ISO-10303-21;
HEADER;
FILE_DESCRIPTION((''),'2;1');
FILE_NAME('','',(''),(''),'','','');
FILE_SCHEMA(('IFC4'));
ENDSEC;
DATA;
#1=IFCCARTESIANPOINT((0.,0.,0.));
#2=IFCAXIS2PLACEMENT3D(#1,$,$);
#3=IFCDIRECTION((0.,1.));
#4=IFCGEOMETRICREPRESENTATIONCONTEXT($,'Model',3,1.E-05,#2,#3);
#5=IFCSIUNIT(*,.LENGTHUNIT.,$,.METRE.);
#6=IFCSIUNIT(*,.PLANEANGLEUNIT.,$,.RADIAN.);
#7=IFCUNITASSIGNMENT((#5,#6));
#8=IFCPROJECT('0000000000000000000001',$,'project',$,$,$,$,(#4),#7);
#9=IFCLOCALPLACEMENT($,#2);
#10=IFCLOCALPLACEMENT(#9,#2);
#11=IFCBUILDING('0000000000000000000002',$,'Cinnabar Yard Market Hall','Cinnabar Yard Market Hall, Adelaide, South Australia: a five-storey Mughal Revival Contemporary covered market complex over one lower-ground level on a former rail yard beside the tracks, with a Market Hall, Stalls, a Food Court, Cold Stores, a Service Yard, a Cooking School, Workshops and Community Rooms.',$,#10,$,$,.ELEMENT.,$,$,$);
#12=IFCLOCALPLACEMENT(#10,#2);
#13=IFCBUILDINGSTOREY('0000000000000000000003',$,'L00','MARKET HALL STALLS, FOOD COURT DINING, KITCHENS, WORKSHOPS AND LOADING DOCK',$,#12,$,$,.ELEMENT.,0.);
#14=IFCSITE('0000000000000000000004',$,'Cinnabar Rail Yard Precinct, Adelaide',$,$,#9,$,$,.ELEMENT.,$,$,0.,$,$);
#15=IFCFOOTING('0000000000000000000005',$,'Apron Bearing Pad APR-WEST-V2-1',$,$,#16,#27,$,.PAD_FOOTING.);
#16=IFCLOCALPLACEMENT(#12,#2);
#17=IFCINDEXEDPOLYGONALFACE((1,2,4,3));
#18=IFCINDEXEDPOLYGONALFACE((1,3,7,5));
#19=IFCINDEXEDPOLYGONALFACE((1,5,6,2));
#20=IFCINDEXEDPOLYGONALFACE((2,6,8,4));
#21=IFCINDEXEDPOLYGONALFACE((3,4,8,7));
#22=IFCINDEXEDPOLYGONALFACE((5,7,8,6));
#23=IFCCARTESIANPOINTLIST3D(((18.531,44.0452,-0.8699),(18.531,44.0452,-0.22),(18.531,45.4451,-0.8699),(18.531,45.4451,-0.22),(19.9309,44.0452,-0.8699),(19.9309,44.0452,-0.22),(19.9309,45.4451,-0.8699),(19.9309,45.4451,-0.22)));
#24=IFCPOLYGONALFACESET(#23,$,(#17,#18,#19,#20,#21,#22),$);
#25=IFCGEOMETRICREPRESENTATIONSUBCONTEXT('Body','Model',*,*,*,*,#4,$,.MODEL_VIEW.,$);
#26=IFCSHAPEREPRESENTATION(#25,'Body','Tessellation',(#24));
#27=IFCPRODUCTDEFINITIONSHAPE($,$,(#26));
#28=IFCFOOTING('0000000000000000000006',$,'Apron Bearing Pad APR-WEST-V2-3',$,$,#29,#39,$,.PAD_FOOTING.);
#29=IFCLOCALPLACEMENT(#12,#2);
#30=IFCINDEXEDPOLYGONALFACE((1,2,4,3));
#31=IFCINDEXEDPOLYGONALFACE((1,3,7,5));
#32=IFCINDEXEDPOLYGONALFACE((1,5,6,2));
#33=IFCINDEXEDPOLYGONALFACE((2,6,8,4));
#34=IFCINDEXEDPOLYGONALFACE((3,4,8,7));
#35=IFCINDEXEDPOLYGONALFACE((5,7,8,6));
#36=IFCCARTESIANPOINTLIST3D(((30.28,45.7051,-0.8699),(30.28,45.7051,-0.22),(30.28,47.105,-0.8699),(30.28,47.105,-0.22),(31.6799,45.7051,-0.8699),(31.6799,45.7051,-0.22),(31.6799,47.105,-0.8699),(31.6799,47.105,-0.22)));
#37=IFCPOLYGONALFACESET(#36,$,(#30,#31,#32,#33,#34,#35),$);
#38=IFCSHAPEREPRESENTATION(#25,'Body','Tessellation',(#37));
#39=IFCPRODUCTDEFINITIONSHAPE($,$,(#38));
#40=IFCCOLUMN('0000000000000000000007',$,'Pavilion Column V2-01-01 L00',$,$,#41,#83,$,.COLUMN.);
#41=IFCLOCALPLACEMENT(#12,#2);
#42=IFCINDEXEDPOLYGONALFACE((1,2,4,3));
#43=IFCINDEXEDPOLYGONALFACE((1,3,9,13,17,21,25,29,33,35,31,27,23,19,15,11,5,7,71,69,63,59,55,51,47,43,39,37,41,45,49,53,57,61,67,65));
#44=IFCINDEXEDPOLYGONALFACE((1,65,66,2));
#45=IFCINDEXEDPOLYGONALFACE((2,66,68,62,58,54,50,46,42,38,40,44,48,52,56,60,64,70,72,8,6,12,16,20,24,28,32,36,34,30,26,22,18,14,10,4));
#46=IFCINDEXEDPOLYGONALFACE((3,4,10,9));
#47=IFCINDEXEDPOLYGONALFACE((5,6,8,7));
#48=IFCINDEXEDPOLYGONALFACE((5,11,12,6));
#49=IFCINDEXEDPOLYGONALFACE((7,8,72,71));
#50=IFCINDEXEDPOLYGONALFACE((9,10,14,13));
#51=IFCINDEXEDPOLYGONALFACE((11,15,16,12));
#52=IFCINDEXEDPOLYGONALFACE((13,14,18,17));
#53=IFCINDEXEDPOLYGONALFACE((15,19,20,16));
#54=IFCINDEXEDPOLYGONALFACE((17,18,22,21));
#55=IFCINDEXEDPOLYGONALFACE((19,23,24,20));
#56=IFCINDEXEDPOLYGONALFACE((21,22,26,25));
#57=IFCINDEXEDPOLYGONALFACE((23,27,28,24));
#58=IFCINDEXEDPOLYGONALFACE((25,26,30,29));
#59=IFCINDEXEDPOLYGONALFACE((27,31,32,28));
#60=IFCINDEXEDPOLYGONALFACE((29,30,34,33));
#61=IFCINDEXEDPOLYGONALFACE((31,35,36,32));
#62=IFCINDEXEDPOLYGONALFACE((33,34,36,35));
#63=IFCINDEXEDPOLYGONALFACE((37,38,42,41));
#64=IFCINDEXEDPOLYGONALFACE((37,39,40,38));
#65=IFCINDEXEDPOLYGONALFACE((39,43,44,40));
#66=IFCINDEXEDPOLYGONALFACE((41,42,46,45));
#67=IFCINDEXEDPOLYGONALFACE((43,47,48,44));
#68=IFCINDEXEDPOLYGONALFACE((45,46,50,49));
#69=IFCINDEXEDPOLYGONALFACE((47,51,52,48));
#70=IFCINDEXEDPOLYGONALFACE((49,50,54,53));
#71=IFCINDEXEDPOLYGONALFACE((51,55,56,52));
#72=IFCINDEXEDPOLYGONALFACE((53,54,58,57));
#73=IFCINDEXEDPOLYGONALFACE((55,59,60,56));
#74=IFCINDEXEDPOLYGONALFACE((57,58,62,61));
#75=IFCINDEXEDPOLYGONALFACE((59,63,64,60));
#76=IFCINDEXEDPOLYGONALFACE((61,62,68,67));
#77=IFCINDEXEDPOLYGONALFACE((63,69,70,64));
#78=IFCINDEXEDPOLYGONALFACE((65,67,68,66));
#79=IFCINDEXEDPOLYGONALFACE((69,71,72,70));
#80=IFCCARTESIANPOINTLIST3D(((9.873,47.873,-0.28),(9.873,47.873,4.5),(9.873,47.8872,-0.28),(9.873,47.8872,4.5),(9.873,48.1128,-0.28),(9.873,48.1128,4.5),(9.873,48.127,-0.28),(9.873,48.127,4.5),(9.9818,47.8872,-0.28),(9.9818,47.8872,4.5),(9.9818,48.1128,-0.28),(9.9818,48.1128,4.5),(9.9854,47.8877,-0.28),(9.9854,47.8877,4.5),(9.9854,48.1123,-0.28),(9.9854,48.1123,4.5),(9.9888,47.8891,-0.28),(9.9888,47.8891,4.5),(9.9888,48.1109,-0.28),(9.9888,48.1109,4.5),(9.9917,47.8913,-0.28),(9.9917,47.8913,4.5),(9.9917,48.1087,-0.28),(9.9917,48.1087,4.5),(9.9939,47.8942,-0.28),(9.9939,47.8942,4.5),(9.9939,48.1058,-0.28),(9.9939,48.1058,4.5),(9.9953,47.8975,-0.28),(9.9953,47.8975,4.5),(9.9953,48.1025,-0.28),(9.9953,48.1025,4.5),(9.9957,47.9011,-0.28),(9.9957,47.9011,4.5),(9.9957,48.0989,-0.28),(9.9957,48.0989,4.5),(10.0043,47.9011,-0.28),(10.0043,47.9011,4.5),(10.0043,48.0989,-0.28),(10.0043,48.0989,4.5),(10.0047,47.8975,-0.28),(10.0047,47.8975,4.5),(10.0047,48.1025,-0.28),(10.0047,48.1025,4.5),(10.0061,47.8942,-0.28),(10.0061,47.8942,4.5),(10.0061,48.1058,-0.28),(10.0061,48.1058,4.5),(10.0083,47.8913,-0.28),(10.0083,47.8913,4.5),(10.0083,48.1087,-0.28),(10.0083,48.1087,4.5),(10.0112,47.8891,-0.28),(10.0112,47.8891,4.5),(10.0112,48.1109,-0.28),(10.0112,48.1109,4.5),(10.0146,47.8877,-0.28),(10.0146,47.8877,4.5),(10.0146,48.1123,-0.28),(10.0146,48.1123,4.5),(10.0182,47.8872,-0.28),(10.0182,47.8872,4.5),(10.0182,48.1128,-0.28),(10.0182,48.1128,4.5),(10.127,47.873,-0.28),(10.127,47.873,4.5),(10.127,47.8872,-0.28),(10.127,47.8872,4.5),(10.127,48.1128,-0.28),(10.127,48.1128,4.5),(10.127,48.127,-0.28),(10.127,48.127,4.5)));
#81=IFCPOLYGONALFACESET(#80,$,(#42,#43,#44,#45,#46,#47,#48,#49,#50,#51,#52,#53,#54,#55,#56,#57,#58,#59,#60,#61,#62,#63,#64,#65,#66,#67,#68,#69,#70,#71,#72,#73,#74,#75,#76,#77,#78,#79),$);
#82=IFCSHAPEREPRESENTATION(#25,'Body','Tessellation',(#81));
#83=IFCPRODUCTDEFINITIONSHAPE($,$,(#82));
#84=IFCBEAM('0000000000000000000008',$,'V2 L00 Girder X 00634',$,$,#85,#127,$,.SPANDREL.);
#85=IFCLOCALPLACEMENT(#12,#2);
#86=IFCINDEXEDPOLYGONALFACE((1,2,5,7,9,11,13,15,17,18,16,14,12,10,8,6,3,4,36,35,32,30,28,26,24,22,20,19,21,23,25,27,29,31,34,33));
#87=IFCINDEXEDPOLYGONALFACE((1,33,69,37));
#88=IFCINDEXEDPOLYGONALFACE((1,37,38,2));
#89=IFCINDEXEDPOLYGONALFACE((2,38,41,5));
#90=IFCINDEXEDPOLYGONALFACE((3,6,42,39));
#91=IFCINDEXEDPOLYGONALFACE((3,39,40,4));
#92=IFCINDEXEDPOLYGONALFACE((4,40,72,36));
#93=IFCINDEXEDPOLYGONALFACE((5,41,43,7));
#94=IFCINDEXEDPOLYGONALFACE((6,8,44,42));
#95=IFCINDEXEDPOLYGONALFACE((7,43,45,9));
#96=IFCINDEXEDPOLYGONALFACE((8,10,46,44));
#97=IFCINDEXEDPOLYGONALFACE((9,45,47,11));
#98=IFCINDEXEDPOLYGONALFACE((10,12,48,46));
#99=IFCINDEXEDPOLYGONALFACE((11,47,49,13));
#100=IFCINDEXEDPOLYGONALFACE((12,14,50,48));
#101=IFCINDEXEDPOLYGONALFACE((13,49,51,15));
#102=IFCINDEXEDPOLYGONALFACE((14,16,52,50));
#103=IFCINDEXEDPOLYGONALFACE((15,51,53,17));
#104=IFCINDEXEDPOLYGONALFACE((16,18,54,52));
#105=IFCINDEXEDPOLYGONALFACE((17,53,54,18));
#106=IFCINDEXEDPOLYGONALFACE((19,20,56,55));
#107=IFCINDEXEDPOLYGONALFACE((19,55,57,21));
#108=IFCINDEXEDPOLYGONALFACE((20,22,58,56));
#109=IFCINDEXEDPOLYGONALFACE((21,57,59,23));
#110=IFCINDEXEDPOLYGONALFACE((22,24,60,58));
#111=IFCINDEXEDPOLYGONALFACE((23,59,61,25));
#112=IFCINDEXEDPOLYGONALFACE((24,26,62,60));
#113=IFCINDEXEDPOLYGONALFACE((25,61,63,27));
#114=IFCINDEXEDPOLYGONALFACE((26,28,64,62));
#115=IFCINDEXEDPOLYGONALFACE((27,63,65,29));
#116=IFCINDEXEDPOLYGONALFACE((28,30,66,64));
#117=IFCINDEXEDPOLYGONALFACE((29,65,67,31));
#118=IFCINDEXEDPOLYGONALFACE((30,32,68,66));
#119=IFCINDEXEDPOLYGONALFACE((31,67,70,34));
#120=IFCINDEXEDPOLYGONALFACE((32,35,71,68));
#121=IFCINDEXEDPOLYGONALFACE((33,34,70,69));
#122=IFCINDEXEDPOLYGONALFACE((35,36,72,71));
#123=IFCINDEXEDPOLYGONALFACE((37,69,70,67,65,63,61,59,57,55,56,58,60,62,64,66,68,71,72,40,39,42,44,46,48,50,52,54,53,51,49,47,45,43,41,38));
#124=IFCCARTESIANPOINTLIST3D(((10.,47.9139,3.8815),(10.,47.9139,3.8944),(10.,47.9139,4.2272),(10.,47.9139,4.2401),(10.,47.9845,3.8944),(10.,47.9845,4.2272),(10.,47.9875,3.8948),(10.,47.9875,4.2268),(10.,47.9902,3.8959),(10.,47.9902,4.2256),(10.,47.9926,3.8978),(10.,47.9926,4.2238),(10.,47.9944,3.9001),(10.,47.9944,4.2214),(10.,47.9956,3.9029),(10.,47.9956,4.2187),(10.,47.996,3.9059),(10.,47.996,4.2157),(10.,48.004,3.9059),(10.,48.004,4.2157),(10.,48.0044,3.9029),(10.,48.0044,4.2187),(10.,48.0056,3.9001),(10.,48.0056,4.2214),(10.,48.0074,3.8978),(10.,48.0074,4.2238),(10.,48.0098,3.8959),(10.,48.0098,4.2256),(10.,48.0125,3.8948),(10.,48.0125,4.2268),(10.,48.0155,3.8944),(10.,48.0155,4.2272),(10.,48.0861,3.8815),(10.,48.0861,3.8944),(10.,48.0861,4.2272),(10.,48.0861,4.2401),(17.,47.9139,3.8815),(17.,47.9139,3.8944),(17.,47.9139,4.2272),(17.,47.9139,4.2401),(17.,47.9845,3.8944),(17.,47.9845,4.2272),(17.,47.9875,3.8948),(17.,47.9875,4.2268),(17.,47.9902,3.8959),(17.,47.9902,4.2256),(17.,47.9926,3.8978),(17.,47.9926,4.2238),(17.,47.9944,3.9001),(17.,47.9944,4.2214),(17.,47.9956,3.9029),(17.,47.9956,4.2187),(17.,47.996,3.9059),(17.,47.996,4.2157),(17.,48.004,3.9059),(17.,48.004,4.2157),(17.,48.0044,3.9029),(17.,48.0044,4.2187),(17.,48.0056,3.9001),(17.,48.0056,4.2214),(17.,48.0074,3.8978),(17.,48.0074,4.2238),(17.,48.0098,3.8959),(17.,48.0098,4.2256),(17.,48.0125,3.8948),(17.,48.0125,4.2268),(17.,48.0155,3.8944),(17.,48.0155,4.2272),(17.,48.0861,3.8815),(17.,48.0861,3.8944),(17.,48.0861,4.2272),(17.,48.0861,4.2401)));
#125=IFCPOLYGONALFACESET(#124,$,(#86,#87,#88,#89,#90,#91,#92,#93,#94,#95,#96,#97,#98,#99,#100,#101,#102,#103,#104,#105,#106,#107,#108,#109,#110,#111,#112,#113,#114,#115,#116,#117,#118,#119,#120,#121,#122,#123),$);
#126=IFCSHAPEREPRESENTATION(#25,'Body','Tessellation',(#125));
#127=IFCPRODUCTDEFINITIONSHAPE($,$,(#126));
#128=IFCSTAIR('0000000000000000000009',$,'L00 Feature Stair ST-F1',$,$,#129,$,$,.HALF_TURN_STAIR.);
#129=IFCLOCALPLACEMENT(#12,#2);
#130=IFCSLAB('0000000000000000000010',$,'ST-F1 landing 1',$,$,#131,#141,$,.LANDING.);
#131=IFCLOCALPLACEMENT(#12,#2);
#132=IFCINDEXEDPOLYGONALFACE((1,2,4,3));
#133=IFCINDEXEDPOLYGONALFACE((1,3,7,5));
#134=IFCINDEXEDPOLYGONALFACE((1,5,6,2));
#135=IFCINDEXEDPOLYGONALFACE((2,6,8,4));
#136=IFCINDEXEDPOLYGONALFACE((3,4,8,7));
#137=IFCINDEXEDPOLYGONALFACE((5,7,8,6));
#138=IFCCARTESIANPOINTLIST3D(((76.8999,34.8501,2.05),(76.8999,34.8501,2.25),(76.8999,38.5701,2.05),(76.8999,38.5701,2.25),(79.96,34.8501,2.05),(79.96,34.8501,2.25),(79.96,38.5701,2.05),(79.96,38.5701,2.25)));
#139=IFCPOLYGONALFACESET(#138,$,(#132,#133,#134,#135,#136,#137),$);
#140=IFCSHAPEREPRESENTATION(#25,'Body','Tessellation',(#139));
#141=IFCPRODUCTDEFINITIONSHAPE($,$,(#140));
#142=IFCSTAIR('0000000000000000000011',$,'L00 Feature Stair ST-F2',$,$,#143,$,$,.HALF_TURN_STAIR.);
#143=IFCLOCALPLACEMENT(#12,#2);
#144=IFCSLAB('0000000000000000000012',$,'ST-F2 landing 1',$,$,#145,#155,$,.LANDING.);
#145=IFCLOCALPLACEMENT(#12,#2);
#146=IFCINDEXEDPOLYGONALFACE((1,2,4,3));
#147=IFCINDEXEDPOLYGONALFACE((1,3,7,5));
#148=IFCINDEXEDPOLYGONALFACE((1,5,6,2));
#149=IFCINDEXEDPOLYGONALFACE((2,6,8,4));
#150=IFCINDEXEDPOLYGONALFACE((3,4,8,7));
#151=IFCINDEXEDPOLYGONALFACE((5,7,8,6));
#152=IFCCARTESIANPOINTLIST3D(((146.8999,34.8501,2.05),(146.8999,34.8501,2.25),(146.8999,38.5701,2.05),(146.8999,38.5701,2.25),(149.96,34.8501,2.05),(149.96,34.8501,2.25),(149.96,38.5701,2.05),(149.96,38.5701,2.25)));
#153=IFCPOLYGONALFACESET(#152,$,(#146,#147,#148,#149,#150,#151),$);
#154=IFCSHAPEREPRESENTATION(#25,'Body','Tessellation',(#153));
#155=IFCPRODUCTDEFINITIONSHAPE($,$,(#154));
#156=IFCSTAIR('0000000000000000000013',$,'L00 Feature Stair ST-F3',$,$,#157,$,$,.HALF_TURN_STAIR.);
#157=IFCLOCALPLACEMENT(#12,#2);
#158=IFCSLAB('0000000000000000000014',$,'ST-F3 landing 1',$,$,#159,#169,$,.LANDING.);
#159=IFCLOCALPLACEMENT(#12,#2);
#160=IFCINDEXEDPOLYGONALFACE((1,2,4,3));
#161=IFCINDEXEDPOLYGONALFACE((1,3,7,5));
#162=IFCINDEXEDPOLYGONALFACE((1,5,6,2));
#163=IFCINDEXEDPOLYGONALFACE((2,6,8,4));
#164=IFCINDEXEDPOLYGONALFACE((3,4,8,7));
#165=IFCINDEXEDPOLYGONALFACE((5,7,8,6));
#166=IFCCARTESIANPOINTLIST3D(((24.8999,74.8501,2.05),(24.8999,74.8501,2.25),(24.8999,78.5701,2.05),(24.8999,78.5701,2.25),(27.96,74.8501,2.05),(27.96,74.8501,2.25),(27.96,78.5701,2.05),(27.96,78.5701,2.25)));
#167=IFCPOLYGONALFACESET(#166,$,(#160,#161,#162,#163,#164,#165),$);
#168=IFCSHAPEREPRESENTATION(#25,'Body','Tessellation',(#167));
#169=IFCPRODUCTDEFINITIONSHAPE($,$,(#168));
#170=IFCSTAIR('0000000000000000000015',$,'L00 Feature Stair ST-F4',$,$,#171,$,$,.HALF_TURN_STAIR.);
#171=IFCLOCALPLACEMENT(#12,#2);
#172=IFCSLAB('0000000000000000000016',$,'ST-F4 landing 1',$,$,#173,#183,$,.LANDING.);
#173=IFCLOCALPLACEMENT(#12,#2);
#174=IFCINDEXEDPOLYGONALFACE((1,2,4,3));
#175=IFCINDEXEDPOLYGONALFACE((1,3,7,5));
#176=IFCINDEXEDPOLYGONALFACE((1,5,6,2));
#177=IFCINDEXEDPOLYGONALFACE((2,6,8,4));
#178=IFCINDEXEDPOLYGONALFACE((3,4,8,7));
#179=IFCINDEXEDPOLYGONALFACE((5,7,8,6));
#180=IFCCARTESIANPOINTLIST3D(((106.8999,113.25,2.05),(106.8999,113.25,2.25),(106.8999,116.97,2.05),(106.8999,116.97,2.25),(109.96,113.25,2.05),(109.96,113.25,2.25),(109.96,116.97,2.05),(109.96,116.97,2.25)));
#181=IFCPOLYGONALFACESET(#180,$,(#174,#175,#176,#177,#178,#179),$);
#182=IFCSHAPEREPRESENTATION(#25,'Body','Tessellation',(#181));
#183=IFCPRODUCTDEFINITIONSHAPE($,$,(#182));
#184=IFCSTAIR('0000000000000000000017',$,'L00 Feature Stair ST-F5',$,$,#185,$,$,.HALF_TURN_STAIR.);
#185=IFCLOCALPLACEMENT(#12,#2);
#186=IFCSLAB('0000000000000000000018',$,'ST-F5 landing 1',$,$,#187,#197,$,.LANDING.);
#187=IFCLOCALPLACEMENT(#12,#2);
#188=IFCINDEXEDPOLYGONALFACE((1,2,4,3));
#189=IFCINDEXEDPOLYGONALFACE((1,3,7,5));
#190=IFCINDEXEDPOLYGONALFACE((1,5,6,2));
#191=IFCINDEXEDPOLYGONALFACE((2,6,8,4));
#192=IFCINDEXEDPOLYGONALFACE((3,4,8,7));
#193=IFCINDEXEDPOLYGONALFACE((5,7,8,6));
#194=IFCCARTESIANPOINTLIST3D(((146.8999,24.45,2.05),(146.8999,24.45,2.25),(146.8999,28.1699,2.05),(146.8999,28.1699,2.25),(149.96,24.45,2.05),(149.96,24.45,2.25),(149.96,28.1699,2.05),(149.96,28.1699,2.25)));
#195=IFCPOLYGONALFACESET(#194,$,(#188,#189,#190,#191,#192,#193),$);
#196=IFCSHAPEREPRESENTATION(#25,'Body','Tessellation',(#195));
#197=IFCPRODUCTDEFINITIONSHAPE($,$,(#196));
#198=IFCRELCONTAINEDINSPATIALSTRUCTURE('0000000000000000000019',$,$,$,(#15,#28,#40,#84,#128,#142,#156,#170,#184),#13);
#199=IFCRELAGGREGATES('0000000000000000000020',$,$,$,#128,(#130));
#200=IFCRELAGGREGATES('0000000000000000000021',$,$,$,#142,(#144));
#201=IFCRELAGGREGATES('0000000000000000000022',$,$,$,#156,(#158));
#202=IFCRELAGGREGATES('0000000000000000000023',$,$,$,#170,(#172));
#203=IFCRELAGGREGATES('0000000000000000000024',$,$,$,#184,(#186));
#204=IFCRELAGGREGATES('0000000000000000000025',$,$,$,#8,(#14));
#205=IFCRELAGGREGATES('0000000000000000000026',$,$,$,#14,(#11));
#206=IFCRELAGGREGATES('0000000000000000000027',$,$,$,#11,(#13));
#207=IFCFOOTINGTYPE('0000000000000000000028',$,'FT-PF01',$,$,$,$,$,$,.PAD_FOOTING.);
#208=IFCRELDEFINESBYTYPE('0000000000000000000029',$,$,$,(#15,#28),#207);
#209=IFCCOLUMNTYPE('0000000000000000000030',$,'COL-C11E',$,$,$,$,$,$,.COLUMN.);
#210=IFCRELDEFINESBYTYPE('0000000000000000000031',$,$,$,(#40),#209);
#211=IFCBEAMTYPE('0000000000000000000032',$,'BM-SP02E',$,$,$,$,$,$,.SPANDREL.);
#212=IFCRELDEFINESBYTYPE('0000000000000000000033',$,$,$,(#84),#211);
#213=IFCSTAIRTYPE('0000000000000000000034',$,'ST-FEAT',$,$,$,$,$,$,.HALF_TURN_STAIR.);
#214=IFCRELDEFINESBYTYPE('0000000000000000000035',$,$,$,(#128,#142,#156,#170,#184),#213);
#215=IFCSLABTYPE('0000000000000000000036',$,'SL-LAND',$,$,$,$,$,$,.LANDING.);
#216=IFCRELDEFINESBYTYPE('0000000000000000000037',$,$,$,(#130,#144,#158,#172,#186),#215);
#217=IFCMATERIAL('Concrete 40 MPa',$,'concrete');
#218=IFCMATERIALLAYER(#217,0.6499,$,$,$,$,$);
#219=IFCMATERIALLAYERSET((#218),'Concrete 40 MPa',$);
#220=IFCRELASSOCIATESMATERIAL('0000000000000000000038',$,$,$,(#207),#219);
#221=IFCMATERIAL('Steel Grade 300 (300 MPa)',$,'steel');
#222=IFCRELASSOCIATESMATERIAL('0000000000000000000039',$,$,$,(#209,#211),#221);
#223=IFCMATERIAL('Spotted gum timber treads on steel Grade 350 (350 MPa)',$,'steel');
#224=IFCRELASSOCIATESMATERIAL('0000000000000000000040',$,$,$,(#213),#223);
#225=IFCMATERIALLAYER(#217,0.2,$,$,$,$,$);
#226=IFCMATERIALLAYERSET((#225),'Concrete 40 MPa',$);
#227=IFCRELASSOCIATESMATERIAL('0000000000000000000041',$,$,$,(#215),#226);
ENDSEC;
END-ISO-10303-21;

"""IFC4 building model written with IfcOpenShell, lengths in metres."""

from ifc_helpers import new_model, si_unit, direction, frame, origin, origin_2d_with_axis, place, context, subcontext, project, spatial, polyline, rectangle, i_section, outline, extrude, material, layer, layer_set, material_profile, profile_set, type_object, element, aggregate, save


model = new_model("IFC4")

# Units and contexts
model_context = context("Model", 3, precision=1e-05, world=origin(), true_north=direction((0.0, 1.0)))
body_context = subcontext(model_context, "Body", "Model", "MODEL_VIEW")
ifc_project = project(units=[si_unit("LENGTHUNIT", "METRE"), si_unit("PLANEANGLEUNIT", "RADIAN")], contexts=[model_context])

# Site, building, storey
site_placement = place(None, origin())
site = spatial("IfcSite", under=ifc_project, at=site_placement, Name="Cinnabar Rail Yard Precinct, Adelaide", CompositionType="ELEMENT", RefElevation=0.0)
building_placement = place(site_placement, origin())
building = spatial("IfcBuilding", under=site, at=building_placement, Name="Cinnabar Yard Market Hall", Description="Cinnabar Yard Market Hall, Adelaide, South Australia: a five-storey Mughal Revival Contemporary covered market complex over one lower-ground level on a former rail yard beside the tracks, with a Market Hall, Stalls, a Food Court, Cold Stores, a Service Yard, a Cooking School, Workshops and Community Rooms.", CompositionType="ELEMENT")
storey_placement = place(building_placement, origin())
storey = spatial("IfcBuildingStorey", under=building, at=storey_placement, Name="L00", Description="MARKET HALL STALLS, FOOD COURT DINING, KITCHENS, WORKSHOPS AND LOADING DOCK", CompositionType="ELEMENT", Elevation=0.0)

# Footings
ifc_material_1 = material(Name="Concrete 40 MPa", Category="concrete")
ifc_layer_1 = layer(ifc_material_1, 0.6499)
ifc_layer_set_1 = layer_set([ifc_layer_1], Name="Concrete 40 MPa")
footing_type = type_object("IfcFootingType", Name="FT-PF01", PredefinedType="PAD_FOOTING", material=ifc_layer_set_1)
for number, where, z_axis, x_axis, name in (
    (1, (19.231, 44.7451, -0.8699), (0.0, 0.0, 1.0), (1.0, 0.0, 0.0), "Apron Bearing Pad APR-WEST-V2-1"),
    (2, (30.98, 46.405, -0.8699), (0.0, 0.0, 1.0), (1.0, 0.0, 0.0), "Apron Bearing Pad APR-WEST-V2-3"),
):
    element("IfcFooting", number, at=place(storey_placement, frame(where, z_axis=z_axis, x_axis=x_axis)), inside=storey, type_object=footing_type, Name=name, PredefinedType="PAD_FOOTING", context=body_context, shape_type="SweptSolid", body=[
        extrude(rectangle(XDim=1.3999, YDim=1.3999, at=origin_2d_with_axis()), origin(), (0.0, 0.0, 1.0), 0.6499),
    ])

# Column
ifc_material_2 = material(Name="Steel Grade 300 (300 MPa)", Category="steel")
ifc_material_profile_1 = material_profile(ifc_material_2, i_section(OverallWidth=0.2539, OverallDepth=0.2539, WebThickness=0.0085, FlangeThickness=0.0142, FilletRadius=0.0139, at=origin_2d_with_axis()), Name="250UC72.9")
ifc_profile_set_1 = profile_set([ifc_material_profile_1], Name="Steel Grade 300 (300 MPa)")
column_type = type_object("IfcColumnType", Name="COL-C11E", PredefinedType="COLUMN", material=ifc_profile_set_1)
column_placement = place(storey_placement, frame((10.0, 48.0, -0.28), z_axis=(0.0, 0.0, 1.0), x_axis=(1.0, 0.0, 0.0)))
element("IfcColumn", 3, at=column_placement, inside=storey, type_object=column_type, Name="Pavilion Column V2-01-01 L00", PredefinedType="COLUMN", context=body_context, shape_type="SweptSolid", body=[
    extrude(i_section(OverallWidth=0.2539, OverallDepth=0.2539, WebThickness=0.0085, FlangeThickness=0.0142, FilletRadius=0.0139, at=origin_2d_with_axis()), origin(), (0.0, 0.0, 1.0), 4.78),
])

# Beam
ifc_material_profile_2 = material_profile(ifc_material_2, i_section(OverallWidth=0.1721, OverallDepth=0.3586, WebThickness=0.0081, FlangeThickness=0.0129, FilletRadius=0.0115, at=origin_2d_with_axis()), Name="360UB56.7")
ifc_profile_set_2 = profile_set([ifc_material_profile_2], Name="Steel Grade 300 (300 MPa)")
beam_type = type_object("IfcBeamType", Name="BM-SP02E", PredefinedType="SPANDREL", material=ifc_profile_set_2)
beam_placement = place(storey_placement, frame((10.0, 48.0, 4.0608), z_axis=(1.0, 0.0, 0.0), x_axis=(0.0, 1.0, 0.0)))
element("IfcBeam", 4, at=beam_placement, inside=storey, type_object=beam_type, Name="V2 L00 Girder X 00634", PredefinedType="SPANDREL", context=body_context, shape_type="SweptSolid", body=[
    extrude(i_section(OverallWidth=0.1721, OverallDepth=0.3586, WebThickness=0.0081, FlangeThickness=0.0129, FilletRadius=0.0115, at=origin_2d_with_axis()), origin(), (0.0, 0.0, 1.0), 7.0),
])

# Stairs, slabs
ifc_material_3 = material(Name="Spotted gum timber treads on steel Grade 350 (350 MPa)", Category="steel")
stair_type = type_object("IfcStairType", Name="ST-FEAT", PredefinedType="HALF_TURN_STAIR", material=ifc_material_3)
stair_1_placement = place(storey_placement, origin())
stair_1 = element("IfcStair", 5, at=stair_1_placement, inside=storey, type_object=stair_type, Name="L00 Feature Stair ST-F1", PredefinedType="HALF_TURN_STAIR")
ifc_layer_2 = layer(ifc_material_1, 0.2)
ifc_layer_set_2 = layer_set([ifc_layer_2], Name="Concrete 40 MPa")
slab_type = type_object("IfcSlabType", Name="SL-LAND", PredefinedType="LANDING", material=ifc_layer_set_2)
slab_1_placement = place(storey_placement, frame((0.0, 0.0, 2.05)))
slab_1 = element("IfcSlab", 6, at=slab_1_placement, type_object=slab_type, Name="ST-F1 landing 1", PredefinedType="LANDING", context=body_context, shape_type="SweptSolid", body=[
    extrude(outline(polyline([(76.8999, 38.5701), (76.8999, 34.8501), (79.96, 34.8501), (79.96, 38.5701), (76.8999, 38.5701)])), origin(), (0.0, 0.0, 1.0), 0.2),
])
aggregate(stair_1, [slab_1])
stair_2_placement = place(storey_placement, origin())
stair_2 = element("IfcStair", 7, at=stair_2_placement, inside=storey, type_object=stair_type, Name="L00 Feature Stair ST-F2", PredefinedType="HALF_TURN_STAIR")
slab_2_placement = place(storey_placement, frame((0.0, 0.0, 2.05)))
slab_2 = element("IfcSlab", 8, at=slab_2_placement, type_object=slab_type, Name="ST-F2 landing 1", PredefinedType="LANDING", context=body_context, shape_type="SweptSolid", body=[
    extrude(outline(polyline([(146.8999, 38.5701), (146.8999, 34.8501), (149.96, 34.8501), (149.96, 38.5701), (146.8999, 38.5701)])), origin(), (0.0, 0.0, 1.0), 0.2),
])
aggregate(stair_2, [slab_2])
stair_3_placement = place(storey_placement, origin())
stair_3 = element("IfcStair", 9, at=stair_3_placement, inside=storey, type_object=stair_type, Name="L00 Feature Stair ST-F3", PredefinedType="HALF_TURN_STAIR")
slab_3_placement = place(storey_placement, frame((0.0, 0.0, 2.05)))
slab_3 = element("IfcSlab", 10, at=slab_3_placement, type_object=slab_type, Name="ST-F3 landing 1", PredefinedType="LANDING", context=body_context, shape_type="SweptSolid", body=[
    extrude(outline(polyline([(24.8999, 78.5701), (24.8999, 74.8501), (27.96, 74.8501), (27.96, 78.5701), (24.8999, 78.5701)])), origin(), (0.0, 0.0, 1.0), 0.2),
])
aggregate(stair_3, [slab_3])
stair_4_placement = place(storey_placement, origin())
stair_4 = element("IfcStair", 11, at=stair_4_placement, inside=storey, type_object=stair_type, Name="L00 Feature Stair ST-F4", PredefinedType="HALF_TURN_STAIR")
slab_4_placement = place(storey_placement, frame((0.0, 0.0, 2.05)))
slab_4 = element("IfcSlab", 12, at=slab_4_placement, type_object=slab_type, Name="ST-F4 landing 1", PredefinedType="LANDING", context=body_context, shape_type="SweptSolid", body=[
    extrude(outline(polyline([(106.8999, 116.97), (106.8999, 113.25), (109.96, 113.25), (109.96, 116.97), (106.8999, 116.97)])), origin(), (0.0, 0.0, 1.0), 0.2),
])
aggregate(stair_4, [slab_4])
stair_5_placement = place(storey_placement, origin())
stair_5 = element("IfcStair", 13, at=stair_5_placement, inside=storey, type_object=stair_type, Name="L00 Feature Stair ST-F5", PredefinedType="HALF_TURN_STAIR")
slab_5_placement = place(storey_placement, frame((0.0, 0.0, 2.05)))
slab_5 = element("IfcSlab", 14, at=slab_5_placement, type_object=slab_type, Name="ST-F5 landing 1", PredefinedType="LANDING", context=body_context, shape_type="SweptSolid", body=[
    extrude(outline(polyline([(146.8999, 28.1699), (146.8999, 24.45), (149.96, 24.45), (149.96, 28.1699), (146.8999, 28.1699)])), origin(), (0.0, 0.0, 1.0), 0.2),
])
aggregate(stair_5, [slab_5])

save(model, "model.ifc")
